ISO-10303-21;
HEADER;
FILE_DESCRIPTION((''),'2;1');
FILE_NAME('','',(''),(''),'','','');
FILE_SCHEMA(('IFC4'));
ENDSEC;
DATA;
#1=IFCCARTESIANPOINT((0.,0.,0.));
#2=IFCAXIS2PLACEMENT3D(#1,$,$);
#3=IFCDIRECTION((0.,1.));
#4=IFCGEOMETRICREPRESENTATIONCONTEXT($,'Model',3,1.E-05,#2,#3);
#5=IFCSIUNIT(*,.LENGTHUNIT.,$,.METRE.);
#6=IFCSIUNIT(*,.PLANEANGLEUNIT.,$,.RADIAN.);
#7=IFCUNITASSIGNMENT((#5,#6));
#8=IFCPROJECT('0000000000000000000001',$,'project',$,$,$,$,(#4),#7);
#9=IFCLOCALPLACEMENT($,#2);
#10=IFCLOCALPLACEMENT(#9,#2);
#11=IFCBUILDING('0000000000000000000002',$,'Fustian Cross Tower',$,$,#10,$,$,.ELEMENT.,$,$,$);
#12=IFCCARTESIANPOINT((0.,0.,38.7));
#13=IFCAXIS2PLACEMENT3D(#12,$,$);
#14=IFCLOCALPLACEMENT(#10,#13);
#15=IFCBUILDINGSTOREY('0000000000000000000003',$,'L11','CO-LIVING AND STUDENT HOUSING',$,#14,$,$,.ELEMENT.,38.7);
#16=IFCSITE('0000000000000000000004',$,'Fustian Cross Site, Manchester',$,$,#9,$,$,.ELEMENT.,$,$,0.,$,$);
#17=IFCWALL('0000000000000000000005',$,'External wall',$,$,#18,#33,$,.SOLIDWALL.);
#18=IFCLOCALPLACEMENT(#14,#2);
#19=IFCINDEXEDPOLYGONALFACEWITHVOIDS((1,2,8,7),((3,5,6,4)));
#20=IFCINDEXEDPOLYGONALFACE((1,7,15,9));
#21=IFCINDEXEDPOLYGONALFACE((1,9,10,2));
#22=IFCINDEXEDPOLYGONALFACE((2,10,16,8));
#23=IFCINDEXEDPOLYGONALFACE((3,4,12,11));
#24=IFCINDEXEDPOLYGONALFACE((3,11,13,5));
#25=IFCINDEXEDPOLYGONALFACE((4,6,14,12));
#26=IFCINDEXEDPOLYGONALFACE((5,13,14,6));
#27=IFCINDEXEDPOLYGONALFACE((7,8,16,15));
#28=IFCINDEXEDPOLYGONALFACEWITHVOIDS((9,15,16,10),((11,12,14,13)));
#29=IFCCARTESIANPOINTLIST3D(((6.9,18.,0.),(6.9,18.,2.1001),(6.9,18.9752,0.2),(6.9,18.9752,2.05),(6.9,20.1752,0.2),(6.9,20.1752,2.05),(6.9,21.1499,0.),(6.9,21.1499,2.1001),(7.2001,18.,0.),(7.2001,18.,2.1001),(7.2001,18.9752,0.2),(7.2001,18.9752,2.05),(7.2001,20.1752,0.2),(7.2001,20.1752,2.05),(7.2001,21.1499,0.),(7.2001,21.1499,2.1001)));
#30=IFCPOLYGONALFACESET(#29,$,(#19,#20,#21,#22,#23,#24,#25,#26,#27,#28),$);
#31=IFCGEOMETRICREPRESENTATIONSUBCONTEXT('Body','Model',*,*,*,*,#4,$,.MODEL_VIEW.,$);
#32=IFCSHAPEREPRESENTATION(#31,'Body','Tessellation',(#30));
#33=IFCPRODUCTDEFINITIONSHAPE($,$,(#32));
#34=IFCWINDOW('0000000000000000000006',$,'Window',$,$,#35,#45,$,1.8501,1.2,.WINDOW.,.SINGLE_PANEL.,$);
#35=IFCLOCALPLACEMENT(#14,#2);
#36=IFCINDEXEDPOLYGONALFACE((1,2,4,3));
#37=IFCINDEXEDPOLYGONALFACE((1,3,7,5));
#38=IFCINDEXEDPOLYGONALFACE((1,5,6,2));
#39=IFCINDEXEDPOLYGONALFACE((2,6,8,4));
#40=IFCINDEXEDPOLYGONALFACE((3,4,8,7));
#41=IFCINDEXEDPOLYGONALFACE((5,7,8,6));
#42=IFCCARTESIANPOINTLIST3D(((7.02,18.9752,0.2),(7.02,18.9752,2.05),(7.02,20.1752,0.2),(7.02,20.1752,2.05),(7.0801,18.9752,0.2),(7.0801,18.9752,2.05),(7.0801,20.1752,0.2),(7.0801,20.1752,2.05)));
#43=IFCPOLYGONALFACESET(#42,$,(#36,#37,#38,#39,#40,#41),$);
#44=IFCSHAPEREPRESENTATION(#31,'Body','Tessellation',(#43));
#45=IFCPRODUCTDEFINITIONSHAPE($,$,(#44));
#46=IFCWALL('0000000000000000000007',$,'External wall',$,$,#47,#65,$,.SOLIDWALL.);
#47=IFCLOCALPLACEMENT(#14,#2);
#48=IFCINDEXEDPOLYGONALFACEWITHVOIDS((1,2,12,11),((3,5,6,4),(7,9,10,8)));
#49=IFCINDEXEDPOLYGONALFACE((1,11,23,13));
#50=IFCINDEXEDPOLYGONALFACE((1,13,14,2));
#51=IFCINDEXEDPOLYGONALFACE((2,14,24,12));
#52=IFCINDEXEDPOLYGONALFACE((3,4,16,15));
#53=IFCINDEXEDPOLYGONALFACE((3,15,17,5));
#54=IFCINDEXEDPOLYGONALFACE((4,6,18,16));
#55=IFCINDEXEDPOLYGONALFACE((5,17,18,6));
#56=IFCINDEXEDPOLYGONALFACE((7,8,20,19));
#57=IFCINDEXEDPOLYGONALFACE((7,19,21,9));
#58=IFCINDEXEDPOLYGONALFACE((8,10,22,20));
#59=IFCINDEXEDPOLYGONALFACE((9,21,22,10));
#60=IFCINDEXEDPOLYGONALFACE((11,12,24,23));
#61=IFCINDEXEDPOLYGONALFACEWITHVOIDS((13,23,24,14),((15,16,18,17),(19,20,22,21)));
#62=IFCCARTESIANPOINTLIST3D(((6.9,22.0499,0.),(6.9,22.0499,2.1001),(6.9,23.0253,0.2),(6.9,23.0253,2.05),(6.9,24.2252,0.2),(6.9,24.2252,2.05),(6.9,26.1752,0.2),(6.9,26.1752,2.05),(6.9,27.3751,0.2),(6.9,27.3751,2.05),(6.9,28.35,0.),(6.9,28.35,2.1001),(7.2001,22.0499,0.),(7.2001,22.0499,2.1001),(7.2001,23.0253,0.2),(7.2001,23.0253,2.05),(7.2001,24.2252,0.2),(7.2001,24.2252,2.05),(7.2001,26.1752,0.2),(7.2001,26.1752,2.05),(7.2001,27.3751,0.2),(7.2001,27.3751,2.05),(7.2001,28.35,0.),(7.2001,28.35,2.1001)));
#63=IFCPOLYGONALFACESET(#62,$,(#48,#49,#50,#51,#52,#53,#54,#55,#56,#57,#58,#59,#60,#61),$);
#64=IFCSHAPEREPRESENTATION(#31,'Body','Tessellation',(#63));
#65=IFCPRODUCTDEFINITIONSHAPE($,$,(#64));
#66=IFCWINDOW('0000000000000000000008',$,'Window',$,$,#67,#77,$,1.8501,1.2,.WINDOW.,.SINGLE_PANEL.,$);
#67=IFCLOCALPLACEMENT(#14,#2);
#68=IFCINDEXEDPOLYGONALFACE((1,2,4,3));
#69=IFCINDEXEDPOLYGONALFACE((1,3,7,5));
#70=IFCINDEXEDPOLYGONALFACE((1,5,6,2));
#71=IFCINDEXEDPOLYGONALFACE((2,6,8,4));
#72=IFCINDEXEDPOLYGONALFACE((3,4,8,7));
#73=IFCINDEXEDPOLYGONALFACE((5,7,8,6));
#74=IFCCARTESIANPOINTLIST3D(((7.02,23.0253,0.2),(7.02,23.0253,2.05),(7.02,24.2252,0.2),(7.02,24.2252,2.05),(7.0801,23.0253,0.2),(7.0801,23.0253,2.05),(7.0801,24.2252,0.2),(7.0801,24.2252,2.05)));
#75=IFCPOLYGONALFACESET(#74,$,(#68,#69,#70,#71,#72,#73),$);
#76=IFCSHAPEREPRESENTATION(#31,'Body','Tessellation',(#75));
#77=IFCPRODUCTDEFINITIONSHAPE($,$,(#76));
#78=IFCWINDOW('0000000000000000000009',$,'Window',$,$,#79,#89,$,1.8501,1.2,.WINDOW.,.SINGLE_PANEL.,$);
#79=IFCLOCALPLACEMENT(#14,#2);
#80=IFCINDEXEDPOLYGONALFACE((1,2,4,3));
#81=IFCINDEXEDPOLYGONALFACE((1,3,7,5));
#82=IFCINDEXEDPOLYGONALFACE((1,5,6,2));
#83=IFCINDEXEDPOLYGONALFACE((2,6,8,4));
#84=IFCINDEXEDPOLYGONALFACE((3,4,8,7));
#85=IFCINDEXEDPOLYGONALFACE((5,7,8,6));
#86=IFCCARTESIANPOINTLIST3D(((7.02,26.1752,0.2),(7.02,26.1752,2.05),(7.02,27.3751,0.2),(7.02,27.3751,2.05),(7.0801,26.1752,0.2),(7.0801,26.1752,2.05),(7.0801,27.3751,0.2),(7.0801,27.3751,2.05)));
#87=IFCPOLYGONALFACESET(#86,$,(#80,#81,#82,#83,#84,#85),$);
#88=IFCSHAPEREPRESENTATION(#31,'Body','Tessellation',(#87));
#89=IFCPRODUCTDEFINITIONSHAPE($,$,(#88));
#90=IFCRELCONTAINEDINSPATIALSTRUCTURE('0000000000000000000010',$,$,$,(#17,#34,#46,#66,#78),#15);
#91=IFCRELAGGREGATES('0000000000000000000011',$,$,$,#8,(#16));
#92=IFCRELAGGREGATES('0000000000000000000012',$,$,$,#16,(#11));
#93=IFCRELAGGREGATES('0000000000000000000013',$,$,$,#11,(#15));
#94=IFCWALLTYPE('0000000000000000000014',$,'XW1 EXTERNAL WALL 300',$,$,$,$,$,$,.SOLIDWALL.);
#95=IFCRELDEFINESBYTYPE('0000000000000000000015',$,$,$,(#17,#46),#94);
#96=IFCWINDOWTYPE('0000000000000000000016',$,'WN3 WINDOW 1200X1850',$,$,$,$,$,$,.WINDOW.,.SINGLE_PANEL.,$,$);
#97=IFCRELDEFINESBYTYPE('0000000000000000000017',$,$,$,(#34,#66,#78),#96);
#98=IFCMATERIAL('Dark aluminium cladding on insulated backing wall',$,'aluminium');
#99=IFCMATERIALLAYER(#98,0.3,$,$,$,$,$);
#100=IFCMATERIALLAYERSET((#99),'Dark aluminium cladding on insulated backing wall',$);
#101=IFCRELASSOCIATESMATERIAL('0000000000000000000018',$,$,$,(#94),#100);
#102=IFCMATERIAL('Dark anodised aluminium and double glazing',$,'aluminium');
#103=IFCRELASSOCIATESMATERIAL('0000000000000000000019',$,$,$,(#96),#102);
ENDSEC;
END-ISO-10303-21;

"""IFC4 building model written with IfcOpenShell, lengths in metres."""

from ifc_helpers import new_model, si_unit, direction, frame, frame_2d, origin, place, context, subcontext, project, spatial, rectangle, extrude, material, layer, layer_set, type_object, element, fill, save


model = new_model("IFC4")

# Units and contexts
model_context = context("Model", 3, precision=1e-05, world=origin(), true_north=direction((0.0, 1.0)))
body_context = subcontext(model_context, "Body", "Model", "MODEL_VIEW")
ifc_project = project(units=[si_unit("LENGTHUNIT", "METRE"), si_unit("PLANEANGLEUNIT", "RADIAN")], contexts=[model_context])

# Site, building, storey
site_placement = place(None, origin())
site = spatial("IfcSite", under=ifc_project, at=site_placement, Name="Fustian Cross Site, Manchester", CompositionType="ELEMENT", RefElevation=0.0)
building_placement = place(site_placement, origin())
building = spatial("IfcBuilding", under=site, at=building_placement, Name="Fustian Cross Tower", CompositionType="ELEMENT")
storey_placement = place(building_placement, frame((0.0, 0.0, 38.7)))
storey = spatial("IfcBuildingStorey", under=building, at=storey_placement, Name="L11", Description="CO-LIVING AND STUDENT HOUSING", CompositionType="ELEMENT", Elevation=38.7)

# Wall, opening, window
ifc_material_1 = material(Name="Dark aluminium cladding on insulated backing wall", Category="aluminium")
ifc_layer_1 = layer(ifc_material_1, 0.3)
ifc_layer_set_1 = layer_set([ifc_layer_1], Name="Dark aluminium cladding on insulated backing wall")
wall_type_1 = type_object("IfcWallType", Name="XW1 EXTERNAL WALL 300", PredefinedType="SOLIDWALL", material=ifc_layer_set_1)
wall_1_placement = place(storey_placement, frame((7.05, 18.0, 0.0), z_axis=(0.0, 0.0, 1.0), x_axis=(0.0, 1.0, 0.0)))
wall_1 = element("IfcWall", 1, at=wall_1_placement, inside=storey, type_object=wall_type_1, Name="External wall", PredefinedType="SOLIDWALL", context=body_context, shape_type="SweptSolid", body=[
    extrude(rectangle(XDim=3.1499, YDim=0.3, at=frame_2d((1.575, 0.0))), origin(), (0.0, 0.0, 1.0), 2.1001),
])
opening_1_placement = place(wall_1_placement, frame((0.9751, 0.0, 0.2)))
opening_1 = element("IfcOpeningElement", 2, at=opening_1_placement, cuts=wall_1, PredefinedType="OPENING", context=body_context, shape_type="SweptSolid", body=[
    extrude(rectangle(XDim=1.2, YDim=1.8501, at=frame_2d((0.6001, 0.925))), frame((0.0, 0.1599, 0.0), z_axis=(0.0, -1.0, 0.0), x_axis=(1.0, 0.0, 0.0)), (0.0, 0.0, 1.0), 0.3201),
])
ifc_material_2 = material(Name="Dark anodised aluminium and double glazing", Category="aluminium")
window_type = type_object("IfcWindowType", Name="WN3 WINDOW 1200X1850", PartitioningType="SINGLE_PANEL", PredefinedType="WINDOW", material=ifc_material_2)
window_1_placement = place(opening_1_placement, origin())
window_1 = element("IfcWindow", 3, at=window_1_placement, inside=storey, type_object=window_type, Name="Window", OverallHeight=1.8501, OverallWidth=1.2, PartitioningType="SINGLE_PANEL", PredefinedType="WINDOW", context=body_context, shape_type="SweptSolid", body=[
    extrude(rectangle(XDim=1.2, YDim=1.8501, at=frame_2d((0.6001, 0.925))), frame((0.0, 0.03, 0.0), z_axis=(0.0, -1.0, 0.0), x_axis=(1.0, 0.0, 0.0)), (0.0, 0.0, 1.0), 0.0601),
])
fill(opening_1, window_1)

# Wall, openings, windows
wall_2_placement = place(storey_placement, frame((7.05, 22.05, 0.0), z_axis=(0.0, 0.0, 1.0), x_axis=(0.0, 1.0, 0.0)))
wall_2 = element("IfcWall", 4, at=wall_2_placement, inside=storey, type_object=wall_type_1, Name="External wall", PredefinedType="SOLIDWALL", context=body_context, shape_type="SweptSolid", body=[
    extrude(rectangle(XDim=6.3, YDim=0.3, at=frame_2d((3.1499, 0.0))), origin(), (0.0, 0.0, 1.0), 2.1001),
])
opening_2_placement = place(wall_2_placement, frame((0.9751, 0.0, 0.2)))
opening_2 = element("IfcOpeningElement", 5, at=opening_2_placement, cuts=wall_2, PredefinedType="OPENING", context=body_context, shape_type="SweptSolid", body=[
    extrude(rectangle(XDim=1.2, YDim=1.8501, at=frame_2d((0.6001, 0.925))), frame((0.0, 0.1599, 0.0), z_axis=(0.0, -1.0, 0.0), x_axis=(1.0, 0.0, 0.0)), (0.0, 0.0, 1.0), 0.3201),
])
opening_3_placement = place(wall_2_placement, frame((4.125, 0.0, 0.2)))
opening_3 = element("IfcOpeningElement", 6, at=opening_3_placement, cuts=wall_2, PredefinedType="OPENING", context=body_context, shape_type="SweptSolid", body=[
    extrude(rectangle(XDim=1.2, YDim=1.8501, at=frame_2d((0.6001, 0.925))), frame((0.0, 0.1599, 0.0), z_axis=(0.0, -1.0, 0.0), x_axis=(1.0, 0.0, 0.0)), (0.0, 0.0, 1.0), 0.3201),
])
window_2_placement = place(opening_2_placement, origin())
window_2 = element("IfcWindow", 7, at=window_2_placement, inside=storey, type_object=window_type, Name="Window", OverallHeight=1.8501, OverallWidth=1.2, PartitioningType="SINGLE_PANEL", PredefinedType="WINDOW", context=body_context, shape_type="SweptSolid", body=[
    extrude(rectangle(XDim=1.2, YDim=1.8501, at=frame_2d((0.6001, 0.925))), frame((0.0, 0.03, 0.0), z_axis=(0.0, -1.0, 0.0), x_axis=(1.0, 0.0, 0.0)), (0.0, 0.0, 1.0), 0.0601),
])
fill(opening_2, window_2)
window_3_placement = place(opening_3_placement, origin())
window_3 = element("IfcWindow", 8, at=window_3_placement, inside=storey, type_object=window_type, Name="Window", OverallHeight=1.8501, OverallWidth=1.2, PartitioningType="SINGLE_PANEL", PredefinedType="WINDOW", context=body_context, shape_type="SweptSolid", body=[
    extrude(rectangle(XDim=1.2, YDim=1.8501, at=frame_2d((0.6001, 0.925))), frame((0.0, 0.03, 0.0), z_axis=(0.0, -1.0, 0.0), x_axis=(1.0, 0.0, 0.0)), (0.0, 0.0, 1.0), 0.0601),
])
fill(opening_3, window_3)

save(model, "model.ifc")
